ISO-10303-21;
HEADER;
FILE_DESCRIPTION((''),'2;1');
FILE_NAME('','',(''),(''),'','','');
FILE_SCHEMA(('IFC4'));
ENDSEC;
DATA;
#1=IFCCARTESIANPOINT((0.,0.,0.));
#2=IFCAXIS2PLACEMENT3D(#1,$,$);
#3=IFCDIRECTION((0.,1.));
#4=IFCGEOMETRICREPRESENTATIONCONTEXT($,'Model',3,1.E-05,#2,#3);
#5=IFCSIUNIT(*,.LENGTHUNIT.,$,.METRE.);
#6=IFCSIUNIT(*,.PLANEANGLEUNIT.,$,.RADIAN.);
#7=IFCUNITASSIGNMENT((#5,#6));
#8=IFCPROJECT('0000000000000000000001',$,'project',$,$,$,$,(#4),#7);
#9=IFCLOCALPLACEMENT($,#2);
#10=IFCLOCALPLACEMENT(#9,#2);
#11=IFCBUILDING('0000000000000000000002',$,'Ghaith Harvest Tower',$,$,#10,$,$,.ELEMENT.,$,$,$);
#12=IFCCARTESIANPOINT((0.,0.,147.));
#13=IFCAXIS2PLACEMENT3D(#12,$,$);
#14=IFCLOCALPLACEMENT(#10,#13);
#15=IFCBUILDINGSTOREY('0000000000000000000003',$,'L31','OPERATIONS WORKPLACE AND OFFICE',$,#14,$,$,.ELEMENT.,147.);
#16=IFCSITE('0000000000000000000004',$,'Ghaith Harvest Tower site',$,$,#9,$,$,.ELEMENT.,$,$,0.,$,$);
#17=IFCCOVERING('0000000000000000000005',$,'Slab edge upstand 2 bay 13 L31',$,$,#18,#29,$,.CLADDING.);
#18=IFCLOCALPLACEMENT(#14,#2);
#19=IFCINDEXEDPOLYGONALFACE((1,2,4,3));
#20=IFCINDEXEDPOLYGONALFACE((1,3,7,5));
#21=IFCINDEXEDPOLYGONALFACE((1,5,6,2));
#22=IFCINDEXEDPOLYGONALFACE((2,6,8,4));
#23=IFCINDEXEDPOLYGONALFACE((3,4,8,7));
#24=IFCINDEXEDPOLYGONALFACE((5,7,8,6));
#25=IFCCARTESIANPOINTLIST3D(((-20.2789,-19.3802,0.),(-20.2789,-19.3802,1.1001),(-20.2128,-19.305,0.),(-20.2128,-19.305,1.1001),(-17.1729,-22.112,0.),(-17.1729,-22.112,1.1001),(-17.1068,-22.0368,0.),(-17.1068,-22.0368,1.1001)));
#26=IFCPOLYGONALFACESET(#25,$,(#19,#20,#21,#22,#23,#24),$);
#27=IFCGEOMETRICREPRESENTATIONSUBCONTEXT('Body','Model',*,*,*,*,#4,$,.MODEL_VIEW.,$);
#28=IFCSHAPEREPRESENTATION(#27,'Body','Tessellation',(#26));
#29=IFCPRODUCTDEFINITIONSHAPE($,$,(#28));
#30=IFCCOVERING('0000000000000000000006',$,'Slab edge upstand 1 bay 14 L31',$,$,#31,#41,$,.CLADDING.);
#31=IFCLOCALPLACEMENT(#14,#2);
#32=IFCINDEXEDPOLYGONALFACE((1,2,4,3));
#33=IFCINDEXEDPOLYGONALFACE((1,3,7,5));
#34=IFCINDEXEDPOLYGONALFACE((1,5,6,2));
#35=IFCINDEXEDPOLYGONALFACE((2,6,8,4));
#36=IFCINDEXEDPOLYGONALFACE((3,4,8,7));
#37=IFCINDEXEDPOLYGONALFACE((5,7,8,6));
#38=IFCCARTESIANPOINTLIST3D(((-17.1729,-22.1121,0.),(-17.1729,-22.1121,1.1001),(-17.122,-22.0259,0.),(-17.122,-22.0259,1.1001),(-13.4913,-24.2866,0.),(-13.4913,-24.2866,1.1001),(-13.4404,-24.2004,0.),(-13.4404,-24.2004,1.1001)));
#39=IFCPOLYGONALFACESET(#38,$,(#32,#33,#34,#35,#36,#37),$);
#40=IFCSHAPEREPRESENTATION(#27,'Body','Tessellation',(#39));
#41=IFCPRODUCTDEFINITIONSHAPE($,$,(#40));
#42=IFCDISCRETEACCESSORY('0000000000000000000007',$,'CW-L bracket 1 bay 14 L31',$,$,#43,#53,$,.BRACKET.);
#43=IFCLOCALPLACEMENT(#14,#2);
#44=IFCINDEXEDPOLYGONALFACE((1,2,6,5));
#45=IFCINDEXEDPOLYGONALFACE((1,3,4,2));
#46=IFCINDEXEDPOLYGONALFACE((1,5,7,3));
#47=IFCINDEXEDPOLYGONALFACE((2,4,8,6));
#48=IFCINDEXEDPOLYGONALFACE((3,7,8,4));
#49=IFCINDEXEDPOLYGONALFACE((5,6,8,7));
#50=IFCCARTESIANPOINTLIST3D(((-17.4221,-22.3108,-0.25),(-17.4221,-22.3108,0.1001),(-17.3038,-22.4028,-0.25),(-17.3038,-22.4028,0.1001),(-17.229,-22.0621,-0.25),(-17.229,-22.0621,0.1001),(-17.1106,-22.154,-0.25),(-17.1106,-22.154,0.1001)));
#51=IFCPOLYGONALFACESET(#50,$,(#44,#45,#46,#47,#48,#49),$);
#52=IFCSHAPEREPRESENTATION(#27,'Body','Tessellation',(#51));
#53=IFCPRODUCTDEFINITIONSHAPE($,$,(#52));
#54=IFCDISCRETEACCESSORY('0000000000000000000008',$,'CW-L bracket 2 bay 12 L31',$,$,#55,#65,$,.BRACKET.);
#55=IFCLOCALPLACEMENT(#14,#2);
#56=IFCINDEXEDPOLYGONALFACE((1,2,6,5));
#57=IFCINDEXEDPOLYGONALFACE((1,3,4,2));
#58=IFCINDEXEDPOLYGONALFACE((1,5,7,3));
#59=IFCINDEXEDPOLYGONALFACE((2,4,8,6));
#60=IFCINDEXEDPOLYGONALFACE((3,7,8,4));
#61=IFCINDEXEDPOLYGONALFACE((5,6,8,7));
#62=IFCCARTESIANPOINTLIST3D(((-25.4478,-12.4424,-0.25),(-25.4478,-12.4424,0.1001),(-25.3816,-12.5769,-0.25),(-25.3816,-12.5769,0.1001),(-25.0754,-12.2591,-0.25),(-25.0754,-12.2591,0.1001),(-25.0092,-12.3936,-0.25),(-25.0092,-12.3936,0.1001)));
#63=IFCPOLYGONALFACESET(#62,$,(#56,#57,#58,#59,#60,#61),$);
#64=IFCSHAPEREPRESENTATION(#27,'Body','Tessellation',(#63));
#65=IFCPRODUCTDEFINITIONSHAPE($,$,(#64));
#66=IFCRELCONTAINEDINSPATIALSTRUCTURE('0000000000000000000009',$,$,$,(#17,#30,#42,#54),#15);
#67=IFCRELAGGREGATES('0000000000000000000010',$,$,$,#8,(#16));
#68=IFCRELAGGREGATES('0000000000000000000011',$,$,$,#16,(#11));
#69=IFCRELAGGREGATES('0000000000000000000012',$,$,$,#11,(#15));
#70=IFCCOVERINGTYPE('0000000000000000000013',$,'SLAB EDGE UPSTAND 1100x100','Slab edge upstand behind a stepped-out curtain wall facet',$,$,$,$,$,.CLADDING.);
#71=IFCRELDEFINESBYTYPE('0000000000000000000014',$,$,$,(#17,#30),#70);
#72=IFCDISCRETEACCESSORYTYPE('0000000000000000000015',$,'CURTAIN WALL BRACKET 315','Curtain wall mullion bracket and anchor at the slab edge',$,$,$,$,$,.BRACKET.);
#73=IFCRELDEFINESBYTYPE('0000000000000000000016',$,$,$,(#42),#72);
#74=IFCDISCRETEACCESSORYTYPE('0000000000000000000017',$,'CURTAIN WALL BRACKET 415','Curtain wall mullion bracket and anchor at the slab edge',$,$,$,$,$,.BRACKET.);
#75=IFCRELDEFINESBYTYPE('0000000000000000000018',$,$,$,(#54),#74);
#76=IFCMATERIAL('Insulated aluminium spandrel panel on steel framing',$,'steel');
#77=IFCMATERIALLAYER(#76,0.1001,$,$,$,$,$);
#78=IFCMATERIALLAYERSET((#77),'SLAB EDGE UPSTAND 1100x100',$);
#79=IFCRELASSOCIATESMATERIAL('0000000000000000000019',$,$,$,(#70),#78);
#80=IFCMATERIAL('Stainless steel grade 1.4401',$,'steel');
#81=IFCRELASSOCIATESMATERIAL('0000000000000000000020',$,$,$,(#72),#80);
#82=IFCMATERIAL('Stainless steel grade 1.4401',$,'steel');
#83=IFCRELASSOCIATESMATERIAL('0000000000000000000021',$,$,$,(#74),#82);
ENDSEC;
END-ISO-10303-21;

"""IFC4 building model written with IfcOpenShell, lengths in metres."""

from ifc_helpers import new_model, si_unit, direction, frame, origin, origin_2d, place, context, subcontext, project, spatial, rectangle, extrude, material, layer, layer_set, type_object, element, save


model = new_model("IFC4")

# Units and contexts
model_context = context("Model", 3, precision=1e-05, world=origin(), true_north=direction((0.0, 1.0)))
body_context = subcontext(model_context, "Body", "Model", "MODEL_VIEW")
ifc_project = project(units=[si_unit("LENGTHUNIT", "METRE"), si_unit("PLANEANGLEUNIT", "RADIAN")], contexts=[model_context])

# Site, building, storey
site_placement = place(None, origin())
site = spatial("IfcSite", under=ifc_project, at=site_placement, Name="Ghaith Harvest Tower site", CompositionType="ELEMENT", RefElevation=0.0)
building_placement = place(site_placement, origin())
building = spatial("IfcBuilding", under=site, at=building_placement, Name="Ghaith Harvest Tower", CompositionType="ELEMENT")
storey_placement = place(building_placement, frame((0.0, 0.0, 147.0)))
storey = spatial("IfcBuildingStorey", under=building, at=storey_placement, Name="L31", Description="OPERATIONS WORKPLACE AND OFFICE", CompositionType="ELEMENT", Elevation=147.0)

# Coverings
ifc_material_1 = material(Name="Insulated aluminium spandrel panel on steel framing", Category="steel")
ifc_layer_1 = layer(ifc_material_1, 0.1001)
ifc_layer_set_1 = layer_set([ifc_layer_1], Name="SLAB EDGE UPSTAND 1100x100")
covering_type = type_object("IfcCoveringType", Name="SLAB EDGE UPSTAND 1100x100", Description="Slab edge upstand behind a stepped-out curtain wall facet", PredefinedType="CLADDING", material=ifc_layer_set_1)
covering_1_placement = place(storey_placement, frame((-18.6929, -20.7085, 0.0), z_axis=(0.0, 0.0, 1.0), x_axis=(0.750892, -0.660425, 0.0)))
element("IfcCovering", 1, at=covering_1_placement, inside=storey, type_object=covering_type, Name="Slab edge upstand 2 bay 13 L31", PredefinedType="CLADDING", context=body_context, shape_type="SweptSolid", body=[
    extrude(rectangle(XDim=4.1365, YDim=0.1001, at=origin_2d()), origin(), (0.0, 0.0, 1.0), 1.1001),
])
covering_2_placement = place(storey_placement, frame((-15.3066, -23.1562, 0.0), z_axis=(0.0, 0.0, 1.0), x_axis=(0.861021, -0.50857, 0.0)))
element("IfcCovering", 2, at=covering_2_placement, inside=storey, type_object=covering_type, Name="Slab edge upstand 1 bay 14 L31", PredefinedType="CLADDING", context=body_context, shape_type="SweptSolid", body=[
    extrude(rectangle(XDim=4.2759, YDim=0.1001, at=origin_2d()), origin(), (0.0, 0.0, 1.0), 1.1001),
])

# Discrete accessories
ifc_material_2 = material(Name="Stainless steel grade 1.4401", Category="steel")
discrete_accessory_type_1 = type_object("IfcDiscreteAccessoryType", Name="CURTAIN WALL BRACKET 315", Description="Curtain wall mullion bracket and anchor at the slab edge", PredefinedType="BRACKET", material=ifc_material_2)
discrete_accessory_1_placement = place(storey_placement, frame((-17.2664, -22.2324, -0.25), z_axis=(0.0, 0.0, 1.0), x_axis=(-0.613378, -0.78979, 0.0)))
element("IfcDiscreteAccessory", 3, at=discrete_accessory_1_placement, inside=storey, type_object=discrete_accessory_type_1, Name="CW-L bracket 1 bay 14 L31", PredefinedType="BRACKET", context=body_context, shape_type="SweptSolid", body=[
    extrude(rectangle(XDim=0.3149, YDim=0.1499, at=origin_2d()), origin(), (0.0, 0.0, 1.0), 0.3501),
])
ifc_material_3 = material(Name="Stainless steel grade 1.4401", Category="steel")
discrete_accessory_type_2 = type_object("IfcDiscreteAccessoryType", Name="CURTAIN WALL BRACKET 415", Description="Curtain wall mullion bracket and anchor at the slab edge", PredefinedType="BRACKET", material=ifc_material_3)
discrete_accessory_2_placement = place(storey_placement, frame((-25.2285, -12.418, -0.25), z_axis=(0.0, 0.0, 1.0), x_axis=(-0.897201, -0.441622, 0.0)))
element("IfcDiscreteAccessory", 4, at=discrete_accessory_2_placement, inside=storey, type_object=discrete_accessory_type_2, Name="CW-L bracket 2 bay 12 L31", PredefinedType="BRACKET", context=body_context, shape_type="SweptSolid", body=[
    extrude(rectangle(XDim=0.415, YDim=0.1499, at=origin_2d()), origin(), (0.0, 0.0, 1.0), 0.3501),
])

save(model, "model.ifc")
